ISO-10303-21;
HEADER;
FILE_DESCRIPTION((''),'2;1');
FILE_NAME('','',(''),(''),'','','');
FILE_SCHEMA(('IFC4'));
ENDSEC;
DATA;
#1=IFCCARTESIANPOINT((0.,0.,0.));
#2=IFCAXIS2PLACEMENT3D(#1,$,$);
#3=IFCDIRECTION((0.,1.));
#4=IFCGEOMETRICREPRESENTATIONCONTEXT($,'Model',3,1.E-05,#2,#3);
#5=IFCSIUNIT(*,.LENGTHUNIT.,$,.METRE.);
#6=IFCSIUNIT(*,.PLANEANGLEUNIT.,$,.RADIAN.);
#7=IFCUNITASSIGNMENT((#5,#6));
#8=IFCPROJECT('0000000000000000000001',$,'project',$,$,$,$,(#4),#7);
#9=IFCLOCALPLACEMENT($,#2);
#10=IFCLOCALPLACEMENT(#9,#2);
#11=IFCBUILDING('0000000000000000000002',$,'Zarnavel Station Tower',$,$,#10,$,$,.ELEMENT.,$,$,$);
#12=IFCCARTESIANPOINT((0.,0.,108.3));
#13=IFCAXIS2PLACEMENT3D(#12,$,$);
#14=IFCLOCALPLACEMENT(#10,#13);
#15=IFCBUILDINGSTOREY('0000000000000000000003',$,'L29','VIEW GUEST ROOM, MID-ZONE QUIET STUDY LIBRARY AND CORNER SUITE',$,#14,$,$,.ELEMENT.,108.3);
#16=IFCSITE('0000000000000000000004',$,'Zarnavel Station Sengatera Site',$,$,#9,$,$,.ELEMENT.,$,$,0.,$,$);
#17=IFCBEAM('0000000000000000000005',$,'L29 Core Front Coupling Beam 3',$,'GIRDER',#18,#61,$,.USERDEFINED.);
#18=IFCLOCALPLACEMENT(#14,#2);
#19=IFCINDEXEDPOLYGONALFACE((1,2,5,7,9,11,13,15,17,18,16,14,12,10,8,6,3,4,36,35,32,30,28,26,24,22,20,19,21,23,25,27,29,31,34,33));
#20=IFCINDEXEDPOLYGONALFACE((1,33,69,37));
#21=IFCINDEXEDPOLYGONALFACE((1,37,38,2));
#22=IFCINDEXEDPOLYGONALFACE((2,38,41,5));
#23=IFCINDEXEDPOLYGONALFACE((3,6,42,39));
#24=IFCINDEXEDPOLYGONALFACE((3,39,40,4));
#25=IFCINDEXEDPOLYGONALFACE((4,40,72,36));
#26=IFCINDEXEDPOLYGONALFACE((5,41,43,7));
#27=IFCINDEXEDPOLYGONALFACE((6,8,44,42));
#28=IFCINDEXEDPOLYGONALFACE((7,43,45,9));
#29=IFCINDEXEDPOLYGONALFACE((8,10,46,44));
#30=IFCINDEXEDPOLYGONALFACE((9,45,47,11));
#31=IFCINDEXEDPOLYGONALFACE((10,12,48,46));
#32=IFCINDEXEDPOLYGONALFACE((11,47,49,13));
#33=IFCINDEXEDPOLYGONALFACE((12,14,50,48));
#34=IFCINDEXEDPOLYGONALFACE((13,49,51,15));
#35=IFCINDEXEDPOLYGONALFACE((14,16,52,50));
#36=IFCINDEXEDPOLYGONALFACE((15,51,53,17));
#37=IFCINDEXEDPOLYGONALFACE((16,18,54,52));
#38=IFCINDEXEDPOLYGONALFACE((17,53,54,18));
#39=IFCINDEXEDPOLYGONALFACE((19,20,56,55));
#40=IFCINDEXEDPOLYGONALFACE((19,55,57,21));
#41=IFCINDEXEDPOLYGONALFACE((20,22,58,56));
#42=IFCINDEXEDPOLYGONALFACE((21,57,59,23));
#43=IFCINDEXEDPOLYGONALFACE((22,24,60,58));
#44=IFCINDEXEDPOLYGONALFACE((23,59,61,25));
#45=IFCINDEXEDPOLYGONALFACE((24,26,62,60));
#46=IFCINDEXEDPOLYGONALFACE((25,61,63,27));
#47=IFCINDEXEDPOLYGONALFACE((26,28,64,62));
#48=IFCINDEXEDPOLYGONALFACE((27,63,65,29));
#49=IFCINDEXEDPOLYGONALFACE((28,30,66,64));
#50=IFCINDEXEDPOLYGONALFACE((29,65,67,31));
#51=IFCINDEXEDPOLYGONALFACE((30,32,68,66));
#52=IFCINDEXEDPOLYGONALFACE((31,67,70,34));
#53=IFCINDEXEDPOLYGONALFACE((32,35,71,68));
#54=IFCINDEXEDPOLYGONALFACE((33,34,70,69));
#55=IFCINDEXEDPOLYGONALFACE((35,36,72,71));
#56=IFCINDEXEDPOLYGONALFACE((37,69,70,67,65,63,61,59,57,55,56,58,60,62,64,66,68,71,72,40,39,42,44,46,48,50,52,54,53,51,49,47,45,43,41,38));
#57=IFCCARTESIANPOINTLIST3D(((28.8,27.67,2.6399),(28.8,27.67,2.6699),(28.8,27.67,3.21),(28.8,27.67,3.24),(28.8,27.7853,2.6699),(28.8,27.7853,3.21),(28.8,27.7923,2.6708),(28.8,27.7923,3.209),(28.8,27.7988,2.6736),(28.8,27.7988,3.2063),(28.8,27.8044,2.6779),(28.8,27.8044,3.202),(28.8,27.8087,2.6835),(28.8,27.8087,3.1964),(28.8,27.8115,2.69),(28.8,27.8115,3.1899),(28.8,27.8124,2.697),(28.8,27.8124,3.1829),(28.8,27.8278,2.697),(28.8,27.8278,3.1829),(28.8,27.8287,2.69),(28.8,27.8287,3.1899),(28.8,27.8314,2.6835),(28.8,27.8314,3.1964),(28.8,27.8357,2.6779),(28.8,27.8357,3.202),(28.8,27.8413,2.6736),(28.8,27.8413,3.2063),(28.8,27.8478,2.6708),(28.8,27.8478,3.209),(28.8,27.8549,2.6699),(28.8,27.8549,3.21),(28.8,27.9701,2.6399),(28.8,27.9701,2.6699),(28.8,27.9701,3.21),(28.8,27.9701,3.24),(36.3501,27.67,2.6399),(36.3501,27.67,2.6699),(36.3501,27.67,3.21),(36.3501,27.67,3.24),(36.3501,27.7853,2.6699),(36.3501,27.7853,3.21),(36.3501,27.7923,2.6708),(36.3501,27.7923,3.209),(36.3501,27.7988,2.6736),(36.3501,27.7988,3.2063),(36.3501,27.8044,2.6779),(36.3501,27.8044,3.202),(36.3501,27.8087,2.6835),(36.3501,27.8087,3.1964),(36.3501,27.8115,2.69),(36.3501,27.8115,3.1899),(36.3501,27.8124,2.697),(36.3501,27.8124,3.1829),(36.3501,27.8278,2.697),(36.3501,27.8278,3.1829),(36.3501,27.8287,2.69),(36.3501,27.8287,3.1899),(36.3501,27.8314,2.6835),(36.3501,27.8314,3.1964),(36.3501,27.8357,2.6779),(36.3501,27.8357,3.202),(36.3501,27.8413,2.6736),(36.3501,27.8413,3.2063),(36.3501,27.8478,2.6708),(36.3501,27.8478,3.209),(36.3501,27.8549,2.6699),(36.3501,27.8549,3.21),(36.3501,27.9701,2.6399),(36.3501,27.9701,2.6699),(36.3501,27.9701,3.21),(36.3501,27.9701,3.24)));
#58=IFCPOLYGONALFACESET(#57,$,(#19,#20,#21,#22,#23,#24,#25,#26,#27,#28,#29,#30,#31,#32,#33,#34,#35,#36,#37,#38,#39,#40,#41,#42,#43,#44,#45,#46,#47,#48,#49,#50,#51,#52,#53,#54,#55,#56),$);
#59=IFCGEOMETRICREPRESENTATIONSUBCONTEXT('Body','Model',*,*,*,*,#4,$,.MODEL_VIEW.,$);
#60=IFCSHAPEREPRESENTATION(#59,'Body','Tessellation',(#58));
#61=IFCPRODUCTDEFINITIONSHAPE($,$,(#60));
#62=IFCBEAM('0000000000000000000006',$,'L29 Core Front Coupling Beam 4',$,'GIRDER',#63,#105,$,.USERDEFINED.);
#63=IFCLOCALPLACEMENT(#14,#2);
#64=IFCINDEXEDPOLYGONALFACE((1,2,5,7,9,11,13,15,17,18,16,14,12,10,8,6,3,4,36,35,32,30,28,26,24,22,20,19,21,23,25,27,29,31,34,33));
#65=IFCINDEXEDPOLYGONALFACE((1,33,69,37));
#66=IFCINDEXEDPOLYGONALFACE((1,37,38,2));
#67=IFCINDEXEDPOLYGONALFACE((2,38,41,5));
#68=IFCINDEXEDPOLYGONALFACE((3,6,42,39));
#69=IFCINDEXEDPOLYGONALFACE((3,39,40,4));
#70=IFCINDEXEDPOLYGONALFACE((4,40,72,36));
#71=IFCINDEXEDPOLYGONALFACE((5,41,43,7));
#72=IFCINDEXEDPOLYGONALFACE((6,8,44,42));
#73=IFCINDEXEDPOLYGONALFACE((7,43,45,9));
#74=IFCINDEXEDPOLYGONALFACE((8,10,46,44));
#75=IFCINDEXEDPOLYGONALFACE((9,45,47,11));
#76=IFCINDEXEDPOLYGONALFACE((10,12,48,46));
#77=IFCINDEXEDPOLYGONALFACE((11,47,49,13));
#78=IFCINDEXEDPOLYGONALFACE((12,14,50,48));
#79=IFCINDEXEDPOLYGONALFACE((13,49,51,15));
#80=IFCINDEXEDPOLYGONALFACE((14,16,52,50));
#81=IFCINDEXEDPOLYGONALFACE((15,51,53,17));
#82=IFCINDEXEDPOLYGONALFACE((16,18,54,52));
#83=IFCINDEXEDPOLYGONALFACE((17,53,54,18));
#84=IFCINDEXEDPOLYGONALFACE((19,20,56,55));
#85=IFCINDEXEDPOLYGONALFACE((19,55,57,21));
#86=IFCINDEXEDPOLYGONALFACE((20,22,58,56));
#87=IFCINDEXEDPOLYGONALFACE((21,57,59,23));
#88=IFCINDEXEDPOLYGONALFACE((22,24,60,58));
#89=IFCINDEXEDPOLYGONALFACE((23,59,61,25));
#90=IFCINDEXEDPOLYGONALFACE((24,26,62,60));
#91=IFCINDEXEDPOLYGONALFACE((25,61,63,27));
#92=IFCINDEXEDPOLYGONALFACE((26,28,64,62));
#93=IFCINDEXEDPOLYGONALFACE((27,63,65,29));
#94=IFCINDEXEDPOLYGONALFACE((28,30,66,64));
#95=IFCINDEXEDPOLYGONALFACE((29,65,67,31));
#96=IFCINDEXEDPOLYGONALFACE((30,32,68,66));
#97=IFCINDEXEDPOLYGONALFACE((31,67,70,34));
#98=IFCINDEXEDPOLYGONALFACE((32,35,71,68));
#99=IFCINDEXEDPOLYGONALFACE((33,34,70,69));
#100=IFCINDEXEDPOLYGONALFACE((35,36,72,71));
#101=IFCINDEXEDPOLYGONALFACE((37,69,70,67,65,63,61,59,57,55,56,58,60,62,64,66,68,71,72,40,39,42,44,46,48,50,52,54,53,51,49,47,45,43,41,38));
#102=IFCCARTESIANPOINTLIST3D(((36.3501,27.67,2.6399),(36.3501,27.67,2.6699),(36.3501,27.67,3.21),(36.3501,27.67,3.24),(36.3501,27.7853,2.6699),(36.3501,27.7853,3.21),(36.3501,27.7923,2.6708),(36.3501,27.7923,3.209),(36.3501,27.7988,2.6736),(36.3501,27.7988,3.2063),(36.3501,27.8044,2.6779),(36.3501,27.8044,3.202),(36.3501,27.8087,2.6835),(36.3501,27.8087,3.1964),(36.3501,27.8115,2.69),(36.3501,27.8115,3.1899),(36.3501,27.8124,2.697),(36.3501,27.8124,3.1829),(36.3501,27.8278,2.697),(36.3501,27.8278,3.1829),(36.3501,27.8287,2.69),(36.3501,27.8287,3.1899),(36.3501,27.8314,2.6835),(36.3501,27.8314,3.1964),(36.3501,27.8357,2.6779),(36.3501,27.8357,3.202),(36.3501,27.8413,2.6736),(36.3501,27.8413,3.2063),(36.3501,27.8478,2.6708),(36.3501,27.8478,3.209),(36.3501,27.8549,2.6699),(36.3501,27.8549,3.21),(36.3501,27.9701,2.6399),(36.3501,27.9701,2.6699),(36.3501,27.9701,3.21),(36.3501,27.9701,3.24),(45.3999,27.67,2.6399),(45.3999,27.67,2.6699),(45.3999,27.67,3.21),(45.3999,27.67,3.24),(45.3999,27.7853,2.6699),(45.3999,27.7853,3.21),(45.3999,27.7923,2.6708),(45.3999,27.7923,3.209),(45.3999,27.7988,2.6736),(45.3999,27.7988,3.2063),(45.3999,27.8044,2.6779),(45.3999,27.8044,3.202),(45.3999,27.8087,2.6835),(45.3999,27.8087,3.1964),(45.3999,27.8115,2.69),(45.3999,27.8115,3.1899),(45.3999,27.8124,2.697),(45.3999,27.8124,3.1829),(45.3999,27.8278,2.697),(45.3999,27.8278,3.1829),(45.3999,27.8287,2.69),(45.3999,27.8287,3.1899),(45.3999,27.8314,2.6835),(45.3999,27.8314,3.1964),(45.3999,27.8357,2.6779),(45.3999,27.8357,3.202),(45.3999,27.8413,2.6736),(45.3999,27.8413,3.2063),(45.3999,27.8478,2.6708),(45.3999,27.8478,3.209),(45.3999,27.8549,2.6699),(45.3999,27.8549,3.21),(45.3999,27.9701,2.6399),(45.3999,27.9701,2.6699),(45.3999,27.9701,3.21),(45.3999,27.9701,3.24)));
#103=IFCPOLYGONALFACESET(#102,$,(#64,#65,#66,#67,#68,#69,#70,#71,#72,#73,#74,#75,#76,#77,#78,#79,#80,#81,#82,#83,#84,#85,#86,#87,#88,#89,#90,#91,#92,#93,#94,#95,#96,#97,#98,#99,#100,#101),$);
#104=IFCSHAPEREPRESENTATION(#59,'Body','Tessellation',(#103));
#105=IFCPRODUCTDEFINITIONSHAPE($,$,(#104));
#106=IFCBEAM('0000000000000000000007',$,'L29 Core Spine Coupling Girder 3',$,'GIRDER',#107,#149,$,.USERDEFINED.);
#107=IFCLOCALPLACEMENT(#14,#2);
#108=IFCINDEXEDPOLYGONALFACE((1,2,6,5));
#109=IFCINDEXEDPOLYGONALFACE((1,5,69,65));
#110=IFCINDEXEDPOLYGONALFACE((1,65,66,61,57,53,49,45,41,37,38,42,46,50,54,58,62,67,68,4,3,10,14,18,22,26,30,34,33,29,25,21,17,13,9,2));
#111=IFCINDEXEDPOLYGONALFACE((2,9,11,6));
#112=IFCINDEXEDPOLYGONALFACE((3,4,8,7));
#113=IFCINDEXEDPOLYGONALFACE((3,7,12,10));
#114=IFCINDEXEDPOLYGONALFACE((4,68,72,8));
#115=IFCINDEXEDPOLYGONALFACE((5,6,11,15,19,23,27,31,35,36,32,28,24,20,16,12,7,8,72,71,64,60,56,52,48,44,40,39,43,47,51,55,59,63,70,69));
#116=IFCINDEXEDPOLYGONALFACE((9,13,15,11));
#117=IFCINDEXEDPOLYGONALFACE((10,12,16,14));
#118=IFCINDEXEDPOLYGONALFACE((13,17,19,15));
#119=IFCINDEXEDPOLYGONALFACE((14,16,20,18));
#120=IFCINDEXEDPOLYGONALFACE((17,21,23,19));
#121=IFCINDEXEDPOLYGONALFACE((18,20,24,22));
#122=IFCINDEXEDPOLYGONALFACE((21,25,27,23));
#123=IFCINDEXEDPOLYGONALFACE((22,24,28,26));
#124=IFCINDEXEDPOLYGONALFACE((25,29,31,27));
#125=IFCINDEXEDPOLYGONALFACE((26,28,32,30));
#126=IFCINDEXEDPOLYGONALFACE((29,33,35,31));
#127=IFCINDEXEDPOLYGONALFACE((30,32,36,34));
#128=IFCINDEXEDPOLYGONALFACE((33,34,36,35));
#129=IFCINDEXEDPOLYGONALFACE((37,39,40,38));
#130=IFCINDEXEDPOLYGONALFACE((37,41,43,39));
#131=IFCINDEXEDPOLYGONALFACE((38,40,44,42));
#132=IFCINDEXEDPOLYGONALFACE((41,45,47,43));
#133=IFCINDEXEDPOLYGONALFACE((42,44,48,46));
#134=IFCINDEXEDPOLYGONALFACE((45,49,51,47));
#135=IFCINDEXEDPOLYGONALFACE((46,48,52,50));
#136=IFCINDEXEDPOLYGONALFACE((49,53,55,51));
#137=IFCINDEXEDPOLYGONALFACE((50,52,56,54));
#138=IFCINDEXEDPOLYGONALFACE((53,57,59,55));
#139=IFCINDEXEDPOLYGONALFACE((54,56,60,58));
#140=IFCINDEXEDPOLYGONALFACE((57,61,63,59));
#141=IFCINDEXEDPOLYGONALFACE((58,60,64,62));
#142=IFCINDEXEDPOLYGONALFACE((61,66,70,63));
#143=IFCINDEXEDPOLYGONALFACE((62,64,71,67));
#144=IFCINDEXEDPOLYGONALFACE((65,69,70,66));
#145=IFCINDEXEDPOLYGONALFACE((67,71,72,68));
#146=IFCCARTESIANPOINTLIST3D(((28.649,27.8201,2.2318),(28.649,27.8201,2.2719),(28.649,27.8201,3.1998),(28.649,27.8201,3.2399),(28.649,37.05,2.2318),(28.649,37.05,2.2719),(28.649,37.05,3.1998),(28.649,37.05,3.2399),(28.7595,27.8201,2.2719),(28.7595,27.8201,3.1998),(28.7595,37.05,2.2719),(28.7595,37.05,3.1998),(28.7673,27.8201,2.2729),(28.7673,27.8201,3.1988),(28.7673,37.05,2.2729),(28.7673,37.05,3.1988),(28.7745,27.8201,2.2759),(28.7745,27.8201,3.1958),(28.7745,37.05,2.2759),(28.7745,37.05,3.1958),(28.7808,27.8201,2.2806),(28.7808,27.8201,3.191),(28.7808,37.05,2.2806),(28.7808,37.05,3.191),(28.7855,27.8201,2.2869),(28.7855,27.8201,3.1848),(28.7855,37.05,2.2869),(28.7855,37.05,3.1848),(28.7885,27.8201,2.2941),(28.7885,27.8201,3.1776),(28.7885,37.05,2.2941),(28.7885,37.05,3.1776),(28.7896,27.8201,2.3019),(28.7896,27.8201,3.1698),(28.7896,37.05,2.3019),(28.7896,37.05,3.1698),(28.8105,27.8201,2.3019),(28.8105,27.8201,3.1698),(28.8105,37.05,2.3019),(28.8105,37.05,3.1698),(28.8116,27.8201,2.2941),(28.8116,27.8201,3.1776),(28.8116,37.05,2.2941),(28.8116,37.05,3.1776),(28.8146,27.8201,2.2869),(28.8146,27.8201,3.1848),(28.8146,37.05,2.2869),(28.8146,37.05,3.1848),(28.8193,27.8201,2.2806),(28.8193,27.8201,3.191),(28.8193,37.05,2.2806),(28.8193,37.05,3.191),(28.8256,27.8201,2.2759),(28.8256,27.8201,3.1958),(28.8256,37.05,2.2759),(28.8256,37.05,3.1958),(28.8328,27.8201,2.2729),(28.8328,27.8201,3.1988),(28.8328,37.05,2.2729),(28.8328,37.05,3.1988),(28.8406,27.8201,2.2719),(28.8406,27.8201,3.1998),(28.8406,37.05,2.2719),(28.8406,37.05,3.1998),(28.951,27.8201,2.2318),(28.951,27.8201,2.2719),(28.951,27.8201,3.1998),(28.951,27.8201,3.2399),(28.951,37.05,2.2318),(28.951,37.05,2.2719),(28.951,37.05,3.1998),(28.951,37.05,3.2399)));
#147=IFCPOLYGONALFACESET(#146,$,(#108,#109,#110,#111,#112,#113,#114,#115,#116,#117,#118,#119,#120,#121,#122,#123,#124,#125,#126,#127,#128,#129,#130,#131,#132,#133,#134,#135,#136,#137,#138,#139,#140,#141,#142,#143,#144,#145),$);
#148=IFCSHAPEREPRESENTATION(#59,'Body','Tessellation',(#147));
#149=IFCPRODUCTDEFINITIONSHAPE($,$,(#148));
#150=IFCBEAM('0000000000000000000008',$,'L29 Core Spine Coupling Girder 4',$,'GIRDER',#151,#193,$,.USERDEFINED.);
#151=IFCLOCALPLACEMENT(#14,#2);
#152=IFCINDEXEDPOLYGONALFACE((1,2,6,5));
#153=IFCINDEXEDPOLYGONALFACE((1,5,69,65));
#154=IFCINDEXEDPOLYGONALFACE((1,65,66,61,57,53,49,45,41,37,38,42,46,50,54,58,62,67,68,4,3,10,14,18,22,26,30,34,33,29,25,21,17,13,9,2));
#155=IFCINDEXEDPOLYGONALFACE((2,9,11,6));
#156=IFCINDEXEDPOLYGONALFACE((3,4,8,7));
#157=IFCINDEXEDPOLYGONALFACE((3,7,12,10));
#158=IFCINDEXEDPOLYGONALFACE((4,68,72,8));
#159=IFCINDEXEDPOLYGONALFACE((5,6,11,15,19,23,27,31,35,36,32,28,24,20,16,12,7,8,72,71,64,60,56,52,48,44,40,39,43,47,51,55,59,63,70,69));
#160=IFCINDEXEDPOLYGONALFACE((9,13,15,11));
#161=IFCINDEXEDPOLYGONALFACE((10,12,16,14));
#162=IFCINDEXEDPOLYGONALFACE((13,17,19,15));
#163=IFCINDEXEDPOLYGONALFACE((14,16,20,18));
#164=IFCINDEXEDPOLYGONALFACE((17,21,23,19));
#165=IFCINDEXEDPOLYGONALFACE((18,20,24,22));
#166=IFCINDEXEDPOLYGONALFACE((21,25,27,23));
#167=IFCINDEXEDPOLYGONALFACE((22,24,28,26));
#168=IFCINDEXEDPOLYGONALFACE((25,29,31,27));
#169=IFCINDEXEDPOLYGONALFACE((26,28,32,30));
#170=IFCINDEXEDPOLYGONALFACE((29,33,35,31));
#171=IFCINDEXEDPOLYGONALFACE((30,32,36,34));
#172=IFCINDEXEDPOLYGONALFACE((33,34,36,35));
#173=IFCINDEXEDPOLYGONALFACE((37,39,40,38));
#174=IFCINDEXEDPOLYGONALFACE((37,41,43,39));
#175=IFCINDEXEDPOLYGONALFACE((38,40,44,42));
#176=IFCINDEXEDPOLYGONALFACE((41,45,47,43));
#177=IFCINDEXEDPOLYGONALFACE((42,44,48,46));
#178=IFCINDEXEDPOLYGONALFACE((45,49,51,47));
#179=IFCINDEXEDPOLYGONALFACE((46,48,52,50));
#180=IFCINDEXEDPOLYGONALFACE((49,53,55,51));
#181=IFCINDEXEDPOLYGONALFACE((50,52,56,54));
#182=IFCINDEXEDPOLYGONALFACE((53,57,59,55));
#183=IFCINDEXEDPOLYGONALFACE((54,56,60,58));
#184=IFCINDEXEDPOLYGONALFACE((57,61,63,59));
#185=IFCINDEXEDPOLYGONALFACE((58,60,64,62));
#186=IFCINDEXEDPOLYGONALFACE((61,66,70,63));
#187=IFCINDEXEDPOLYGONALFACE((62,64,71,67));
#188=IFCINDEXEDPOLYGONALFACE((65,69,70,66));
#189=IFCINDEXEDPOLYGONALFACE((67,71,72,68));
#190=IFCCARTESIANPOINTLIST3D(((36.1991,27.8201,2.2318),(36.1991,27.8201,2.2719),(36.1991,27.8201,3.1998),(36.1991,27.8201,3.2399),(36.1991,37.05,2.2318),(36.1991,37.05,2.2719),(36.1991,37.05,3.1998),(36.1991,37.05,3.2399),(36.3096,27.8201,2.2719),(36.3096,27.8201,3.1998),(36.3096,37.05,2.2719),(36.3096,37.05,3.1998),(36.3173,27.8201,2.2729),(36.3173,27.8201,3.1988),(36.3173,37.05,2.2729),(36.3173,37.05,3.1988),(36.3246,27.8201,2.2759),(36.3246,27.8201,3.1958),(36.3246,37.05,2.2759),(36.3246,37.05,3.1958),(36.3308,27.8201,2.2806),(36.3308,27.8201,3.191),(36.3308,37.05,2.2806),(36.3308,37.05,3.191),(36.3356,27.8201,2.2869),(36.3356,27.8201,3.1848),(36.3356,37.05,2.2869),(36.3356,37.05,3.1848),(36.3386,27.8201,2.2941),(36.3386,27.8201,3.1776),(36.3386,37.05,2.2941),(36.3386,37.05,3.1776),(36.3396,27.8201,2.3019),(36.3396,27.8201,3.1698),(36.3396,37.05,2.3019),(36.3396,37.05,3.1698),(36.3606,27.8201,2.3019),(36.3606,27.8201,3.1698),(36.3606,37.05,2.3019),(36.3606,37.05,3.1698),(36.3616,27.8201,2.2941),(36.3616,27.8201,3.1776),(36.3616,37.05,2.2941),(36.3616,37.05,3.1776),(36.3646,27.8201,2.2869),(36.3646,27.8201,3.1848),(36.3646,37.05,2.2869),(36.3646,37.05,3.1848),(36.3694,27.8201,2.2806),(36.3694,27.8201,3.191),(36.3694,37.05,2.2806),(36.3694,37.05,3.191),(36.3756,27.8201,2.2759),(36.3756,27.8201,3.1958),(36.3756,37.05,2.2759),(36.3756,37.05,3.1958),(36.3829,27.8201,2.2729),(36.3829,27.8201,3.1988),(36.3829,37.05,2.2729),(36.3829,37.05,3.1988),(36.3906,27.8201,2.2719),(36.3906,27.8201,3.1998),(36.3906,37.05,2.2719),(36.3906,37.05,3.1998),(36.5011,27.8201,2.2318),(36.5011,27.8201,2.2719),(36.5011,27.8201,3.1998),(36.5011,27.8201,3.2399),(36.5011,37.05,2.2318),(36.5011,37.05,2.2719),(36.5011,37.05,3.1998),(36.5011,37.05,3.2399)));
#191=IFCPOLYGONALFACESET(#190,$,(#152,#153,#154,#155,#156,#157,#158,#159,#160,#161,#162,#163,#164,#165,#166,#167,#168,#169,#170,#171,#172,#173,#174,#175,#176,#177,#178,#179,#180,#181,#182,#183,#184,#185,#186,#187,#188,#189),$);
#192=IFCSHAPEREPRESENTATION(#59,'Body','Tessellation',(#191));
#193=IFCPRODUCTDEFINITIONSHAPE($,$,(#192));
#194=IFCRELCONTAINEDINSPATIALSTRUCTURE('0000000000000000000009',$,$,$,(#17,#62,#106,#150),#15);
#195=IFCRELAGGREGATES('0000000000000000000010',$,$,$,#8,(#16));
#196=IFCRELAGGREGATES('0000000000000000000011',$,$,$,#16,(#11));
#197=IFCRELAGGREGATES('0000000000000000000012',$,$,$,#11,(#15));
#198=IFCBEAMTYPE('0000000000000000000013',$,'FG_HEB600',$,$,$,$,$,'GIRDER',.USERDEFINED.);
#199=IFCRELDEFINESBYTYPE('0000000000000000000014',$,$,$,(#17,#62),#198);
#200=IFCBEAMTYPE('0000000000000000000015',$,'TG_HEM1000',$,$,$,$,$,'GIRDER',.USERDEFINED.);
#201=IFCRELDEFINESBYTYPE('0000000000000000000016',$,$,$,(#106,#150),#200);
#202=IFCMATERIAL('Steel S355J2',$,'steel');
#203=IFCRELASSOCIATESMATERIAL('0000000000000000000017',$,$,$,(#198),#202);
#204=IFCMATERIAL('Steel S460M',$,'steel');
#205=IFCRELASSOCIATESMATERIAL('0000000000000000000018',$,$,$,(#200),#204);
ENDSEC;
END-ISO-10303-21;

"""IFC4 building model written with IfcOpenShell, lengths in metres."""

from ifc_helpers import new_model, si_unit, direction, frame, origin, origin_2d, place, context, subcontext, project, spatial, i_section, extrude, material, material_profile, profile_set, type_object, element, save


model = new_model("IFC4")

# Units and contexts
model_context = context("Model", 3, precision=1e-05, world=origin(), true_north=direction((0.0, 1.0)))
body_context = subcontext(model_context, "Body", "Model", "MODEL_VIEW")
ifc_project = project(units=[si_unit("LENGTHUNIT", "METRE"), si_unit("PLANEANGLEUNIT", "RADIAN")], contexts=[model_context])

# Site, building, storey
site_placement = place(None, origin())
site = spatial("IfcSite", under=ifc_project, at=site_placement, Name="Zarnavel Station Sengatera Site", CompositionType="ELEMENT", RefElevation=0.0)
building_placement = place(site_placement, origin())
building = spatial("IfcBuilding", under=site, at=building_placement, Name="Zarnavel Station Tower", CompositionType="ELEMENT")
storey_placement = place(building_placement, frame((0.0, 0.0, 108.3)))
storey = spatial("IfcBuildingStorey", under=building, at=storey_placement, Name="L29", Description="VIEW GUEST ROOM, MID-ZONE QUIET STUDY LIBRARY AND CORNER SUITE", CompositionType="ELEMENT", Elevation=108.3)

# Beams
ifc_material_1 = material(Name="Steel S355J2", Category="steel")
ifc_material_profile_1 = material_profile(ifc_material_1, i_section(OverallWidth=0.3, OverallDepth=0.6001, WebThickness=0.0154, FlangeThickness=0.03, FilletRadius=0.0271, at=origin_2d()), Name="HEB600")
ifc_profile_set_1 = profile_set([ifc_material_profile_1], Name="Steel S355J2")
beam_type_1 = type_object("IfcBeamType", Name="FG_HEB600", ElementType="GIRDER", PredefinedType="USERDEFINED", material=ifc_profile_set_1)
beam_1_placement = place(storey_placement, frame((28.8, 27.8201, 2.9399), z_axis=(1.0, 0.0, 0.0), x_axis=(0.0, 1.0, 0.0)))
element("IfcBeam", 1, at=beam_1_placement, inside=storey, type_object=beam_type_1, Name="L29 Core Front Coupling Beam 3", ObjectType="GIRDER", PredefinedType="USERDEFINED", context=body_context, shape_type="SweptSolid", body=[
    extrude(i_section(OverallWidth=0.3, OverallDepth=0.6001, WebThickness=0.0154, FlangeThickness=0.03, FilletRadius=0.0271, at=origin_2d()), origin(), (0.0, 0.0, 1.0), 7.55),
])
beam_2_placement = place(storey_placement, frame((36.3501, 27.8201, 2.9399), z_axis=(1.0, 0.0, 0.0), x_axis=(0.0, 1.0, 0.0)))
element("IfcBeam", 2, at=beam_2_placement, inside=storey, type_object=beam_type_1, Name="L29 Core Front Coupling Beam 4", ObjectType="GIRDER", PredefinedType="USERDEFINED", context=body_context, shape_type="SweptSolid", body=[
    extrude(i_section(OverallWidth=0.3, OverallDepth=0.6001, WebThickness=0.0154, FlangeThickness=0.03, FilletRadius=0.0271, at=origin_2d()), origin(), (0.0, 0.0, 1.0), 9.0498),
])
ifc_material_2 = material(Name="Steel S460M", Category="steel")
ifc_material_profile_2 = material_profile(ifc_material_2, i_section(OverallWidth=0.302, OverallDepth=1.0081, WebThickness=0.021, FlangeThickness=0.04, FilletRadius=0.03, at=origin_2d()), Name="HEM1000")
ifc_profile_set_2 = profile_set([ifc_material_profile_2], Name="Steel S460M")
beam_type_2 = type_object("IfcBeamType", Name="TG_HEM1000", ElementType="GIRDER", PredefinedType="USERDEFINED", material=ifc_profile_set_2)
for number, where, z_axis, x_axis, name in (
    (3, (28.8, 27.8201, 2.7358), (0.0, 1.0, 0.0), (-1.0, 0.0, 0.0), "L29 Core Spine Coupling Girder 3"),
    (4, (36.3501, 27.8201, 2.7358), (0.0, 1.0, 0.0), (-1.0, 0.0, 0.0), "L29 Core Spine Coupling Girder 4"),
):
    element("IfcBeam", number, at=place(storey_placement, frame(where, z_axis=z_axis, x_axis=x_axis)), inside=storey, type_object=beam_type_2, Name=name, ObjectType="GIRDER", PredefinedType="USERDEFINED", context=body_context, shape_type="SweptSolid", body=[
        extrude(i_section(OverallWidth=0.302, OverallDepth=1.0081, WebThickness=0.021, FlangeThickness=0.04, FilletRadius=0.03, at=origin_2d()), origin(), (0.0, 0.0, 1.0), 9.23),
    ])

save(model, "model.ifc")
